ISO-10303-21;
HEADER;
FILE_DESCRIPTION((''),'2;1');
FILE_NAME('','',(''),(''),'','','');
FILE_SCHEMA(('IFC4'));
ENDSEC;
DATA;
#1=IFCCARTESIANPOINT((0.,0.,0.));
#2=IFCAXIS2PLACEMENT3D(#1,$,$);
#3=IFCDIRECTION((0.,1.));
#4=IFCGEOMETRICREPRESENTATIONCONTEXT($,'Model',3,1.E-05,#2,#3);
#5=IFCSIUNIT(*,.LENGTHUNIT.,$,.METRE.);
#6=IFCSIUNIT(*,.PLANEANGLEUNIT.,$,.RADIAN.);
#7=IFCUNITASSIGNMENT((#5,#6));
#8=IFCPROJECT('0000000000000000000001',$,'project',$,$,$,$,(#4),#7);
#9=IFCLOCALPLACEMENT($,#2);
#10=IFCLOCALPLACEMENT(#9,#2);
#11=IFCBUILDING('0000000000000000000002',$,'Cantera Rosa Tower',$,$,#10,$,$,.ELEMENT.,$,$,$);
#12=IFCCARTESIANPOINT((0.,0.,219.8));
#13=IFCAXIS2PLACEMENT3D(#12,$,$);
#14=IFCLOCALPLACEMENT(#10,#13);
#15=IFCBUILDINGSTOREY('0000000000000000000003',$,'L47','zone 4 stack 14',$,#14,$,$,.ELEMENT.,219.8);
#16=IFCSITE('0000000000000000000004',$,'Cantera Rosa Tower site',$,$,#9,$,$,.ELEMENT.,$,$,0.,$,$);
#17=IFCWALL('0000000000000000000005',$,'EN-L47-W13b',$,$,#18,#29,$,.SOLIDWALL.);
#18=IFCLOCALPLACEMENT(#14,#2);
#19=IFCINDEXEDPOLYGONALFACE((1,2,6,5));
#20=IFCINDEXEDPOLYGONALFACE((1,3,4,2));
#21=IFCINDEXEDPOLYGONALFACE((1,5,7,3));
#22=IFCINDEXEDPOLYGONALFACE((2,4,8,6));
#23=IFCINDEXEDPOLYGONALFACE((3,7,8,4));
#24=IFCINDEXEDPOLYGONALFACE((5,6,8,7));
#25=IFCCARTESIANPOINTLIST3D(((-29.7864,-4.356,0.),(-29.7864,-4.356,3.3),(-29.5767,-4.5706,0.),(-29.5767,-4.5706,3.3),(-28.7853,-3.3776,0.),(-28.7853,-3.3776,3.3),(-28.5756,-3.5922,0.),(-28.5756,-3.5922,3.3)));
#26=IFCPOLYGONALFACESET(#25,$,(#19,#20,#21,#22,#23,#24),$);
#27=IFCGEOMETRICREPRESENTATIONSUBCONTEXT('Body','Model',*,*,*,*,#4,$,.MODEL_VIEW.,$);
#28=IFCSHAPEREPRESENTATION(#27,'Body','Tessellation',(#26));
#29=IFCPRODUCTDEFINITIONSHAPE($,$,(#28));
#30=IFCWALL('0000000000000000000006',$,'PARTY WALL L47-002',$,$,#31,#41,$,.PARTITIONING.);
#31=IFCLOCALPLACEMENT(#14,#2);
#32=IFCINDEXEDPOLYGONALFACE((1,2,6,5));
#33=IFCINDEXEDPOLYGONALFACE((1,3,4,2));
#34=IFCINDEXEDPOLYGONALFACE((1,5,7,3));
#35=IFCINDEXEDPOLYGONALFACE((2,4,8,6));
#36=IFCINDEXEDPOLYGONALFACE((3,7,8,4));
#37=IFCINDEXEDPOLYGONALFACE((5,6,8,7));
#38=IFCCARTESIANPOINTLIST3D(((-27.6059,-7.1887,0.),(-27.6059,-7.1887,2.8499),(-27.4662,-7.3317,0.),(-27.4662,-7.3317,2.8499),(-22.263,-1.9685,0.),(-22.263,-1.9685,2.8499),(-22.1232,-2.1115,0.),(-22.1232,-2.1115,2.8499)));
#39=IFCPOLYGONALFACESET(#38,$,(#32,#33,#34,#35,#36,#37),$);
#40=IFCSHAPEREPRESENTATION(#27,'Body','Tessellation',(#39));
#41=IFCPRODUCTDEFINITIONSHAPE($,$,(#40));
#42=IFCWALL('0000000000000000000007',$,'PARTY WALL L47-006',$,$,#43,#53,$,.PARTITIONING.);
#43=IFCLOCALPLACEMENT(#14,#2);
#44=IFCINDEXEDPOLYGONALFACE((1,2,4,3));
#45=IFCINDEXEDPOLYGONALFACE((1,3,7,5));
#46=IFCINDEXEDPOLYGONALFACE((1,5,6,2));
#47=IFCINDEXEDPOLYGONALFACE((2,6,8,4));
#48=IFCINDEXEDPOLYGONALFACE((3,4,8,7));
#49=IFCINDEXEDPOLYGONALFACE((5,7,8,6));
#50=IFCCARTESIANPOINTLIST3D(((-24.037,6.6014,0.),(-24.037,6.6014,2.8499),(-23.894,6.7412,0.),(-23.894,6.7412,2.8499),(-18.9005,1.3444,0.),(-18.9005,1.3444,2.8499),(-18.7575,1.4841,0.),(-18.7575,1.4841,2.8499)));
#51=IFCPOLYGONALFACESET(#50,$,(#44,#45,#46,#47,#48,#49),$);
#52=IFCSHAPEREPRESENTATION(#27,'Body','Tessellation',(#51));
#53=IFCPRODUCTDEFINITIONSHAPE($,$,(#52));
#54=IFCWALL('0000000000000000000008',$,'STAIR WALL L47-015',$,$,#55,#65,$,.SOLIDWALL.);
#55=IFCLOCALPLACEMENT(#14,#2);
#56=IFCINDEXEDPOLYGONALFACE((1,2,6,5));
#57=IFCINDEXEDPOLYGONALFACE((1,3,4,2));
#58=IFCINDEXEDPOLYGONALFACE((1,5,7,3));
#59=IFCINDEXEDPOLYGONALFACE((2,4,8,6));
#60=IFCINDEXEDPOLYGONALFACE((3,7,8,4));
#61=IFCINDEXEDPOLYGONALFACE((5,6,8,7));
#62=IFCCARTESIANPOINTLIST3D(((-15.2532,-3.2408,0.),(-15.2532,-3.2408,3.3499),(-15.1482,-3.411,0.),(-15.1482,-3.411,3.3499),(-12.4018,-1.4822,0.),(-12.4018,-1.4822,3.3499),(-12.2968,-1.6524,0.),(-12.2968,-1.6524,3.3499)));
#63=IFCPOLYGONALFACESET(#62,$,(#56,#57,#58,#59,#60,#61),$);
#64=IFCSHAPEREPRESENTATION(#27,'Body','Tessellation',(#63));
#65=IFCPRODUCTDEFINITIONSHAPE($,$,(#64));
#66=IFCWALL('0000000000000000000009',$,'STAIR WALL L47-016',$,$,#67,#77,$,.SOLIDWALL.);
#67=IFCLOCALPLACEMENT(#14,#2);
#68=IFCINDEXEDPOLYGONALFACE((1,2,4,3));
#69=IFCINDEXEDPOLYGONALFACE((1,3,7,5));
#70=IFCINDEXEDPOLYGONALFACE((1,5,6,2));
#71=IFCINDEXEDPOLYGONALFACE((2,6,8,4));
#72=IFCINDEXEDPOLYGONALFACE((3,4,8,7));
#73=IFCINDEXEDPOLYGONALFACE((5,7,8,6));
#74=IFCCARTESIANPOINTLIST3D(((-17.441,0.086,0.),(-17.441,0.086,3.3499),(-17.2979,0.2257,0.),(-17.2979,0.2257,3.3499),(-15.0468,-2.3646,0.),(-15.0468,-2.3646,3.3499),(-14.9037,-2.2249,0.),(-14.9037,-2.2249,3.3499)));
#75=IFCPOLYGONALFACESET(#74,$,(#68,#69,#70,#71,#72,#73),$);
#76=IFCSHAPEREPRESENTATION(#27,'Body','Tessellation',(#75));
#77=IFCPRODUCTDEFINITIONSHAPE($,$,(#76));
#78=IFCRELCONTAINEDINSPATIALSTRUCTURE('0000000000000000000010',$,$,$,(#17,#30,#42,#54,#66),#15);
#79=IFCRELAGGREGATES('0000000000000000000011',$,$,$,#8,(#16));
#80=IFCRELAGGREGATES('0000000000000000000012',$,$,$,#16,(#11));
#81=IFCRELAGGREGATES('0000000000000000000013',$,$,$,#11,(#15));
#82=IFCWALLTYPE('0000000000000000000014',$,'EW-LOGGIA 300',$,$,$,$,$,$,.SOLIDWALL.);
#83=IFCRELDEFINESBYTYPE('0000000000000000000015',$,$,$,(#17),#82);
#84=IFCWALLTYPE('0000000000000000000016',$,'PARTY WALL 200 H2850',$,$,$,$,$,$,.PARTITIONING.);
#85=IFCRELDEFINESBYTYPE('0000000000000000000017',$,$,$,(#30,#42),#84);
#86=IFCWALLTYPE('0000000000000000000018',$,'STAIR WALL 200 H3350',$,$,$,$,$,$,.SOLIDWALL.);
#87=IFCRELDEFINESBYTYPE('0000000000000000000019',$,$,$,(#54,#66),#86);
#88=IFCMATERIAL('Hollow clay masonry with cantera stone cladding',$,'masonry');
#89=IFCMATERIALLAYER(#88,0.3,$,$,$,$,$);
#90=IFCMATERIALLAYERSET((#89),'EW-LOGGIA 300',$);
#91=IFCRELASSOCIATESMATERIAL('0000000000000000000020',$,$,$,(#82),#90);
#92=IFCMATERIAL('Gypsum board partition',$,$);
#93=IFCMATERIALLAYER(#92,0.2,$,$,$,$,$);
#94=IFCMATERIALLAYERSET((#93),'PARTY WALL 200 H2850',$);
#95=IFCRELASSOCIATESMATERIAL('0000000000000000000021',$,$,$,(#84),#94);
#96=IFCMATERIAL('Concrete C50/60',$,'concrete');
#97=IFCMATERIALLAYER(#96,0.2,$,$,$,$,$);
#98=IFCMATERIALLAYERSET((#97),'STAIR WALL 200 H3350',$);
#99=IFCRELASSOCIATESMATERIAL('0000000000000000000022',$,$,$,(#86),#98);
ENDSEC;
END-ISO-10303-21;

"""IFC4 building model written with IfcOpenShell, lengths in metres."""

from ifc_helpers import new_model, si_unit, direction, frame, frame_2d, origin, place, context, subcontext, project, spatial, rectangle, extrude, material, layer, layer_set, type_object, element, save


model = new_model("IFC4")

# Units and contexts
model_context = context("Model", 3, precision=1e-05, world=origin(), true_north=direction((0.0, 1.0)))
body_context = subcontext(model_context, "Body", "Model", "MODEL_VIEW")
ifc_project = project(units=[si_unit("LENGTHUNIT", "METRE"), si_unit("PLANEANGLEUNIT", "RADIAN")], contexts=[model_context])

# Site, building, storey
site_placement = place(None, origin())
site = spatial("IfcSite", under=ifc_project, at=site_placement, Name="Cantera Rosa Tower site", CompositionType="ELEMENT", RefElevation=0.0)
building_placement = place(site_placement, origin())
building = spatial("IfcBuilding", under=site, at=building_placement, Name="Cantera Rosa Tower", CompositionType="ELEMENT")
storey_placement = place(building_placement, frame((0.0, 0.0, 219.8)))
storey = spatial("IfcBuildingStorey", under=building, at=storey_placement, Name="L47", Description="zone 4 stack 14", CompositionType="ELEMENT", Elevation=219.8)

# Wall
ifc_material_1 = material(Name="Hollow clay masonry with cantera stone cladding", Category="masonry")
ifc_layer_1 = layer(ifc_material_1, 0.3)
ifc_layer_set_1 = layer_set([ifc_layer_1], Name="EW-LOGGIA 300")
wall_type_1 = type_object("IfcWallType", Name="EW-LOGGIA 300", PredefinedType="SOLIDWALL", material=ifc_layer_set_1)
wall_1_placement = place(storey_placement, frame((-28.6804, -3.4849, 0.0), z_axis=(0.0, 0.0, 1.0), x_axis=(-0.715169, -0.698951, 0.0)))
element("IfcWall", 1, at=wall_1_placement, inside=storey, type_object=wall_type_1, Name="EN-L47-W13b", PredefinedType="SOLIDWALL", context=body_context, shape_type="SweptSolid", body=[
    extrude(rectangle(XDim=1.3999, YDim=0.3, at=frame_2d((0.7, 0.0))), origin(), (0.0, 0.0, 1.0), 3.3),
])

# Walls
ifc_material_2 = material(Name="Gypsum board partition")
ifc_layer_2 = layer(ifc_material_2, 0.2)
ifc_layer_set_2 = layer_set([ifc_layer_2], Name="PARTY WALL 200 H2850")
wall_type_2 = type_object("IfcWallType", Name="PARTY WALL 200 H2850", PredefinedType="PARTITIONING", material=ifc_layer_set_2)
wall_2_placement = place(storey_placement, frame((-22.1931, -2.04, 0.0), z_axis=(0.0, 0.0, 1.0), x_axis=(-0.715279, -0.698839, 0.0)))
element("IfcWall", 2, at=wall_2_placement, inside=storey, type_object=wall_type_2, Name="PARTY WALL L47-002", PredefinedType="PARTITIONING", context=body_context, shape_type="SweptSolid", body=[
    extrude(rectangle(XDim=7.4697, YDim=0.2, at=frame_2d((3.7349, 0.0))), origin(), (0.0, 0.0, 1.0), 2.8499),
])
wall_3_placement = place(storey_placement, frame((-18.8291, 1.4143, 0.0), z_axis=(0.0, 0.0, 1.0), x_axis=(-0.698855, 0.715264, 0.0)))
element("IfcWall", 3, at=wall_3_placement, inside=storey, type_object=wall_type_2, Name="PARTY WALL L47-006", PredefinedType="PARTITIONING", context=body_context, shape_type="SweptSolid", body=[
    extrude(rectangle(XDim=7.3499, YDim=0.2, at=frame_2d((3.6748, 0.0))), origin(), (0.0, 0.0, 1.0), 2.8499),
])
ifc_material_3 = material(Name="Concrete C50/60", Category="concrete")
ifc_layer_3 = layer(ifc_material_3, 0.2)
ifc_layer_set_3 = layer_set([ifc_layer_3], Name="STAIR WALL 200 H3350")
wall_type_3 = type_object("IfcWallType", Name="STAIR WALL 200 H3350", PredefinedType="SOLIDWALL", material=ifc_layer_set_3)
wall_4_placement = place(storey_placement, frame((-15.2007, -3.3259, 0.0), z_axis=(0.0, 0.0, 1.0), x_axis=(0.85114, 0.524939, 0.0)))
element("IfcWall", 4, at=wall_4_placement, inside=storey, type_object=wall_type_3, Name="STAIR WALL L47-015", PredefinedType="SOLIDWALL", context=body_context, shape_type="SweptSolid", body=[
    extrude(rectangle(XDim=3.3501, YDim=0.2, at=frame_2d((1.675, 0.0))), origin(), (0.0, 0.0, 1.0), 3.3499),
])
wall_5_placement = place(storey_placement, frame((-14.9753, -2.2947, 0.0), z_axis=(0.0, 0.0, 1.0), x_axis=(-0.698829, 0.715289, 0.0)))
element("IfcWall", 5, at=wall_5_placement, inside=storey, type_object=wall_type_3, Name="STAIR WALL L47-016", PredefinedType="SOLIDWALL", context=body_context, shape_type="SweptSolid", body=[
    extrude(rectangle(XDim=3.426, YDim=0.2, at=frame_2d((1.7129, 0.0))), origin(), (0.0, 0.0, 1.0), 3.3499),
])

save(model, "model.ifc")
